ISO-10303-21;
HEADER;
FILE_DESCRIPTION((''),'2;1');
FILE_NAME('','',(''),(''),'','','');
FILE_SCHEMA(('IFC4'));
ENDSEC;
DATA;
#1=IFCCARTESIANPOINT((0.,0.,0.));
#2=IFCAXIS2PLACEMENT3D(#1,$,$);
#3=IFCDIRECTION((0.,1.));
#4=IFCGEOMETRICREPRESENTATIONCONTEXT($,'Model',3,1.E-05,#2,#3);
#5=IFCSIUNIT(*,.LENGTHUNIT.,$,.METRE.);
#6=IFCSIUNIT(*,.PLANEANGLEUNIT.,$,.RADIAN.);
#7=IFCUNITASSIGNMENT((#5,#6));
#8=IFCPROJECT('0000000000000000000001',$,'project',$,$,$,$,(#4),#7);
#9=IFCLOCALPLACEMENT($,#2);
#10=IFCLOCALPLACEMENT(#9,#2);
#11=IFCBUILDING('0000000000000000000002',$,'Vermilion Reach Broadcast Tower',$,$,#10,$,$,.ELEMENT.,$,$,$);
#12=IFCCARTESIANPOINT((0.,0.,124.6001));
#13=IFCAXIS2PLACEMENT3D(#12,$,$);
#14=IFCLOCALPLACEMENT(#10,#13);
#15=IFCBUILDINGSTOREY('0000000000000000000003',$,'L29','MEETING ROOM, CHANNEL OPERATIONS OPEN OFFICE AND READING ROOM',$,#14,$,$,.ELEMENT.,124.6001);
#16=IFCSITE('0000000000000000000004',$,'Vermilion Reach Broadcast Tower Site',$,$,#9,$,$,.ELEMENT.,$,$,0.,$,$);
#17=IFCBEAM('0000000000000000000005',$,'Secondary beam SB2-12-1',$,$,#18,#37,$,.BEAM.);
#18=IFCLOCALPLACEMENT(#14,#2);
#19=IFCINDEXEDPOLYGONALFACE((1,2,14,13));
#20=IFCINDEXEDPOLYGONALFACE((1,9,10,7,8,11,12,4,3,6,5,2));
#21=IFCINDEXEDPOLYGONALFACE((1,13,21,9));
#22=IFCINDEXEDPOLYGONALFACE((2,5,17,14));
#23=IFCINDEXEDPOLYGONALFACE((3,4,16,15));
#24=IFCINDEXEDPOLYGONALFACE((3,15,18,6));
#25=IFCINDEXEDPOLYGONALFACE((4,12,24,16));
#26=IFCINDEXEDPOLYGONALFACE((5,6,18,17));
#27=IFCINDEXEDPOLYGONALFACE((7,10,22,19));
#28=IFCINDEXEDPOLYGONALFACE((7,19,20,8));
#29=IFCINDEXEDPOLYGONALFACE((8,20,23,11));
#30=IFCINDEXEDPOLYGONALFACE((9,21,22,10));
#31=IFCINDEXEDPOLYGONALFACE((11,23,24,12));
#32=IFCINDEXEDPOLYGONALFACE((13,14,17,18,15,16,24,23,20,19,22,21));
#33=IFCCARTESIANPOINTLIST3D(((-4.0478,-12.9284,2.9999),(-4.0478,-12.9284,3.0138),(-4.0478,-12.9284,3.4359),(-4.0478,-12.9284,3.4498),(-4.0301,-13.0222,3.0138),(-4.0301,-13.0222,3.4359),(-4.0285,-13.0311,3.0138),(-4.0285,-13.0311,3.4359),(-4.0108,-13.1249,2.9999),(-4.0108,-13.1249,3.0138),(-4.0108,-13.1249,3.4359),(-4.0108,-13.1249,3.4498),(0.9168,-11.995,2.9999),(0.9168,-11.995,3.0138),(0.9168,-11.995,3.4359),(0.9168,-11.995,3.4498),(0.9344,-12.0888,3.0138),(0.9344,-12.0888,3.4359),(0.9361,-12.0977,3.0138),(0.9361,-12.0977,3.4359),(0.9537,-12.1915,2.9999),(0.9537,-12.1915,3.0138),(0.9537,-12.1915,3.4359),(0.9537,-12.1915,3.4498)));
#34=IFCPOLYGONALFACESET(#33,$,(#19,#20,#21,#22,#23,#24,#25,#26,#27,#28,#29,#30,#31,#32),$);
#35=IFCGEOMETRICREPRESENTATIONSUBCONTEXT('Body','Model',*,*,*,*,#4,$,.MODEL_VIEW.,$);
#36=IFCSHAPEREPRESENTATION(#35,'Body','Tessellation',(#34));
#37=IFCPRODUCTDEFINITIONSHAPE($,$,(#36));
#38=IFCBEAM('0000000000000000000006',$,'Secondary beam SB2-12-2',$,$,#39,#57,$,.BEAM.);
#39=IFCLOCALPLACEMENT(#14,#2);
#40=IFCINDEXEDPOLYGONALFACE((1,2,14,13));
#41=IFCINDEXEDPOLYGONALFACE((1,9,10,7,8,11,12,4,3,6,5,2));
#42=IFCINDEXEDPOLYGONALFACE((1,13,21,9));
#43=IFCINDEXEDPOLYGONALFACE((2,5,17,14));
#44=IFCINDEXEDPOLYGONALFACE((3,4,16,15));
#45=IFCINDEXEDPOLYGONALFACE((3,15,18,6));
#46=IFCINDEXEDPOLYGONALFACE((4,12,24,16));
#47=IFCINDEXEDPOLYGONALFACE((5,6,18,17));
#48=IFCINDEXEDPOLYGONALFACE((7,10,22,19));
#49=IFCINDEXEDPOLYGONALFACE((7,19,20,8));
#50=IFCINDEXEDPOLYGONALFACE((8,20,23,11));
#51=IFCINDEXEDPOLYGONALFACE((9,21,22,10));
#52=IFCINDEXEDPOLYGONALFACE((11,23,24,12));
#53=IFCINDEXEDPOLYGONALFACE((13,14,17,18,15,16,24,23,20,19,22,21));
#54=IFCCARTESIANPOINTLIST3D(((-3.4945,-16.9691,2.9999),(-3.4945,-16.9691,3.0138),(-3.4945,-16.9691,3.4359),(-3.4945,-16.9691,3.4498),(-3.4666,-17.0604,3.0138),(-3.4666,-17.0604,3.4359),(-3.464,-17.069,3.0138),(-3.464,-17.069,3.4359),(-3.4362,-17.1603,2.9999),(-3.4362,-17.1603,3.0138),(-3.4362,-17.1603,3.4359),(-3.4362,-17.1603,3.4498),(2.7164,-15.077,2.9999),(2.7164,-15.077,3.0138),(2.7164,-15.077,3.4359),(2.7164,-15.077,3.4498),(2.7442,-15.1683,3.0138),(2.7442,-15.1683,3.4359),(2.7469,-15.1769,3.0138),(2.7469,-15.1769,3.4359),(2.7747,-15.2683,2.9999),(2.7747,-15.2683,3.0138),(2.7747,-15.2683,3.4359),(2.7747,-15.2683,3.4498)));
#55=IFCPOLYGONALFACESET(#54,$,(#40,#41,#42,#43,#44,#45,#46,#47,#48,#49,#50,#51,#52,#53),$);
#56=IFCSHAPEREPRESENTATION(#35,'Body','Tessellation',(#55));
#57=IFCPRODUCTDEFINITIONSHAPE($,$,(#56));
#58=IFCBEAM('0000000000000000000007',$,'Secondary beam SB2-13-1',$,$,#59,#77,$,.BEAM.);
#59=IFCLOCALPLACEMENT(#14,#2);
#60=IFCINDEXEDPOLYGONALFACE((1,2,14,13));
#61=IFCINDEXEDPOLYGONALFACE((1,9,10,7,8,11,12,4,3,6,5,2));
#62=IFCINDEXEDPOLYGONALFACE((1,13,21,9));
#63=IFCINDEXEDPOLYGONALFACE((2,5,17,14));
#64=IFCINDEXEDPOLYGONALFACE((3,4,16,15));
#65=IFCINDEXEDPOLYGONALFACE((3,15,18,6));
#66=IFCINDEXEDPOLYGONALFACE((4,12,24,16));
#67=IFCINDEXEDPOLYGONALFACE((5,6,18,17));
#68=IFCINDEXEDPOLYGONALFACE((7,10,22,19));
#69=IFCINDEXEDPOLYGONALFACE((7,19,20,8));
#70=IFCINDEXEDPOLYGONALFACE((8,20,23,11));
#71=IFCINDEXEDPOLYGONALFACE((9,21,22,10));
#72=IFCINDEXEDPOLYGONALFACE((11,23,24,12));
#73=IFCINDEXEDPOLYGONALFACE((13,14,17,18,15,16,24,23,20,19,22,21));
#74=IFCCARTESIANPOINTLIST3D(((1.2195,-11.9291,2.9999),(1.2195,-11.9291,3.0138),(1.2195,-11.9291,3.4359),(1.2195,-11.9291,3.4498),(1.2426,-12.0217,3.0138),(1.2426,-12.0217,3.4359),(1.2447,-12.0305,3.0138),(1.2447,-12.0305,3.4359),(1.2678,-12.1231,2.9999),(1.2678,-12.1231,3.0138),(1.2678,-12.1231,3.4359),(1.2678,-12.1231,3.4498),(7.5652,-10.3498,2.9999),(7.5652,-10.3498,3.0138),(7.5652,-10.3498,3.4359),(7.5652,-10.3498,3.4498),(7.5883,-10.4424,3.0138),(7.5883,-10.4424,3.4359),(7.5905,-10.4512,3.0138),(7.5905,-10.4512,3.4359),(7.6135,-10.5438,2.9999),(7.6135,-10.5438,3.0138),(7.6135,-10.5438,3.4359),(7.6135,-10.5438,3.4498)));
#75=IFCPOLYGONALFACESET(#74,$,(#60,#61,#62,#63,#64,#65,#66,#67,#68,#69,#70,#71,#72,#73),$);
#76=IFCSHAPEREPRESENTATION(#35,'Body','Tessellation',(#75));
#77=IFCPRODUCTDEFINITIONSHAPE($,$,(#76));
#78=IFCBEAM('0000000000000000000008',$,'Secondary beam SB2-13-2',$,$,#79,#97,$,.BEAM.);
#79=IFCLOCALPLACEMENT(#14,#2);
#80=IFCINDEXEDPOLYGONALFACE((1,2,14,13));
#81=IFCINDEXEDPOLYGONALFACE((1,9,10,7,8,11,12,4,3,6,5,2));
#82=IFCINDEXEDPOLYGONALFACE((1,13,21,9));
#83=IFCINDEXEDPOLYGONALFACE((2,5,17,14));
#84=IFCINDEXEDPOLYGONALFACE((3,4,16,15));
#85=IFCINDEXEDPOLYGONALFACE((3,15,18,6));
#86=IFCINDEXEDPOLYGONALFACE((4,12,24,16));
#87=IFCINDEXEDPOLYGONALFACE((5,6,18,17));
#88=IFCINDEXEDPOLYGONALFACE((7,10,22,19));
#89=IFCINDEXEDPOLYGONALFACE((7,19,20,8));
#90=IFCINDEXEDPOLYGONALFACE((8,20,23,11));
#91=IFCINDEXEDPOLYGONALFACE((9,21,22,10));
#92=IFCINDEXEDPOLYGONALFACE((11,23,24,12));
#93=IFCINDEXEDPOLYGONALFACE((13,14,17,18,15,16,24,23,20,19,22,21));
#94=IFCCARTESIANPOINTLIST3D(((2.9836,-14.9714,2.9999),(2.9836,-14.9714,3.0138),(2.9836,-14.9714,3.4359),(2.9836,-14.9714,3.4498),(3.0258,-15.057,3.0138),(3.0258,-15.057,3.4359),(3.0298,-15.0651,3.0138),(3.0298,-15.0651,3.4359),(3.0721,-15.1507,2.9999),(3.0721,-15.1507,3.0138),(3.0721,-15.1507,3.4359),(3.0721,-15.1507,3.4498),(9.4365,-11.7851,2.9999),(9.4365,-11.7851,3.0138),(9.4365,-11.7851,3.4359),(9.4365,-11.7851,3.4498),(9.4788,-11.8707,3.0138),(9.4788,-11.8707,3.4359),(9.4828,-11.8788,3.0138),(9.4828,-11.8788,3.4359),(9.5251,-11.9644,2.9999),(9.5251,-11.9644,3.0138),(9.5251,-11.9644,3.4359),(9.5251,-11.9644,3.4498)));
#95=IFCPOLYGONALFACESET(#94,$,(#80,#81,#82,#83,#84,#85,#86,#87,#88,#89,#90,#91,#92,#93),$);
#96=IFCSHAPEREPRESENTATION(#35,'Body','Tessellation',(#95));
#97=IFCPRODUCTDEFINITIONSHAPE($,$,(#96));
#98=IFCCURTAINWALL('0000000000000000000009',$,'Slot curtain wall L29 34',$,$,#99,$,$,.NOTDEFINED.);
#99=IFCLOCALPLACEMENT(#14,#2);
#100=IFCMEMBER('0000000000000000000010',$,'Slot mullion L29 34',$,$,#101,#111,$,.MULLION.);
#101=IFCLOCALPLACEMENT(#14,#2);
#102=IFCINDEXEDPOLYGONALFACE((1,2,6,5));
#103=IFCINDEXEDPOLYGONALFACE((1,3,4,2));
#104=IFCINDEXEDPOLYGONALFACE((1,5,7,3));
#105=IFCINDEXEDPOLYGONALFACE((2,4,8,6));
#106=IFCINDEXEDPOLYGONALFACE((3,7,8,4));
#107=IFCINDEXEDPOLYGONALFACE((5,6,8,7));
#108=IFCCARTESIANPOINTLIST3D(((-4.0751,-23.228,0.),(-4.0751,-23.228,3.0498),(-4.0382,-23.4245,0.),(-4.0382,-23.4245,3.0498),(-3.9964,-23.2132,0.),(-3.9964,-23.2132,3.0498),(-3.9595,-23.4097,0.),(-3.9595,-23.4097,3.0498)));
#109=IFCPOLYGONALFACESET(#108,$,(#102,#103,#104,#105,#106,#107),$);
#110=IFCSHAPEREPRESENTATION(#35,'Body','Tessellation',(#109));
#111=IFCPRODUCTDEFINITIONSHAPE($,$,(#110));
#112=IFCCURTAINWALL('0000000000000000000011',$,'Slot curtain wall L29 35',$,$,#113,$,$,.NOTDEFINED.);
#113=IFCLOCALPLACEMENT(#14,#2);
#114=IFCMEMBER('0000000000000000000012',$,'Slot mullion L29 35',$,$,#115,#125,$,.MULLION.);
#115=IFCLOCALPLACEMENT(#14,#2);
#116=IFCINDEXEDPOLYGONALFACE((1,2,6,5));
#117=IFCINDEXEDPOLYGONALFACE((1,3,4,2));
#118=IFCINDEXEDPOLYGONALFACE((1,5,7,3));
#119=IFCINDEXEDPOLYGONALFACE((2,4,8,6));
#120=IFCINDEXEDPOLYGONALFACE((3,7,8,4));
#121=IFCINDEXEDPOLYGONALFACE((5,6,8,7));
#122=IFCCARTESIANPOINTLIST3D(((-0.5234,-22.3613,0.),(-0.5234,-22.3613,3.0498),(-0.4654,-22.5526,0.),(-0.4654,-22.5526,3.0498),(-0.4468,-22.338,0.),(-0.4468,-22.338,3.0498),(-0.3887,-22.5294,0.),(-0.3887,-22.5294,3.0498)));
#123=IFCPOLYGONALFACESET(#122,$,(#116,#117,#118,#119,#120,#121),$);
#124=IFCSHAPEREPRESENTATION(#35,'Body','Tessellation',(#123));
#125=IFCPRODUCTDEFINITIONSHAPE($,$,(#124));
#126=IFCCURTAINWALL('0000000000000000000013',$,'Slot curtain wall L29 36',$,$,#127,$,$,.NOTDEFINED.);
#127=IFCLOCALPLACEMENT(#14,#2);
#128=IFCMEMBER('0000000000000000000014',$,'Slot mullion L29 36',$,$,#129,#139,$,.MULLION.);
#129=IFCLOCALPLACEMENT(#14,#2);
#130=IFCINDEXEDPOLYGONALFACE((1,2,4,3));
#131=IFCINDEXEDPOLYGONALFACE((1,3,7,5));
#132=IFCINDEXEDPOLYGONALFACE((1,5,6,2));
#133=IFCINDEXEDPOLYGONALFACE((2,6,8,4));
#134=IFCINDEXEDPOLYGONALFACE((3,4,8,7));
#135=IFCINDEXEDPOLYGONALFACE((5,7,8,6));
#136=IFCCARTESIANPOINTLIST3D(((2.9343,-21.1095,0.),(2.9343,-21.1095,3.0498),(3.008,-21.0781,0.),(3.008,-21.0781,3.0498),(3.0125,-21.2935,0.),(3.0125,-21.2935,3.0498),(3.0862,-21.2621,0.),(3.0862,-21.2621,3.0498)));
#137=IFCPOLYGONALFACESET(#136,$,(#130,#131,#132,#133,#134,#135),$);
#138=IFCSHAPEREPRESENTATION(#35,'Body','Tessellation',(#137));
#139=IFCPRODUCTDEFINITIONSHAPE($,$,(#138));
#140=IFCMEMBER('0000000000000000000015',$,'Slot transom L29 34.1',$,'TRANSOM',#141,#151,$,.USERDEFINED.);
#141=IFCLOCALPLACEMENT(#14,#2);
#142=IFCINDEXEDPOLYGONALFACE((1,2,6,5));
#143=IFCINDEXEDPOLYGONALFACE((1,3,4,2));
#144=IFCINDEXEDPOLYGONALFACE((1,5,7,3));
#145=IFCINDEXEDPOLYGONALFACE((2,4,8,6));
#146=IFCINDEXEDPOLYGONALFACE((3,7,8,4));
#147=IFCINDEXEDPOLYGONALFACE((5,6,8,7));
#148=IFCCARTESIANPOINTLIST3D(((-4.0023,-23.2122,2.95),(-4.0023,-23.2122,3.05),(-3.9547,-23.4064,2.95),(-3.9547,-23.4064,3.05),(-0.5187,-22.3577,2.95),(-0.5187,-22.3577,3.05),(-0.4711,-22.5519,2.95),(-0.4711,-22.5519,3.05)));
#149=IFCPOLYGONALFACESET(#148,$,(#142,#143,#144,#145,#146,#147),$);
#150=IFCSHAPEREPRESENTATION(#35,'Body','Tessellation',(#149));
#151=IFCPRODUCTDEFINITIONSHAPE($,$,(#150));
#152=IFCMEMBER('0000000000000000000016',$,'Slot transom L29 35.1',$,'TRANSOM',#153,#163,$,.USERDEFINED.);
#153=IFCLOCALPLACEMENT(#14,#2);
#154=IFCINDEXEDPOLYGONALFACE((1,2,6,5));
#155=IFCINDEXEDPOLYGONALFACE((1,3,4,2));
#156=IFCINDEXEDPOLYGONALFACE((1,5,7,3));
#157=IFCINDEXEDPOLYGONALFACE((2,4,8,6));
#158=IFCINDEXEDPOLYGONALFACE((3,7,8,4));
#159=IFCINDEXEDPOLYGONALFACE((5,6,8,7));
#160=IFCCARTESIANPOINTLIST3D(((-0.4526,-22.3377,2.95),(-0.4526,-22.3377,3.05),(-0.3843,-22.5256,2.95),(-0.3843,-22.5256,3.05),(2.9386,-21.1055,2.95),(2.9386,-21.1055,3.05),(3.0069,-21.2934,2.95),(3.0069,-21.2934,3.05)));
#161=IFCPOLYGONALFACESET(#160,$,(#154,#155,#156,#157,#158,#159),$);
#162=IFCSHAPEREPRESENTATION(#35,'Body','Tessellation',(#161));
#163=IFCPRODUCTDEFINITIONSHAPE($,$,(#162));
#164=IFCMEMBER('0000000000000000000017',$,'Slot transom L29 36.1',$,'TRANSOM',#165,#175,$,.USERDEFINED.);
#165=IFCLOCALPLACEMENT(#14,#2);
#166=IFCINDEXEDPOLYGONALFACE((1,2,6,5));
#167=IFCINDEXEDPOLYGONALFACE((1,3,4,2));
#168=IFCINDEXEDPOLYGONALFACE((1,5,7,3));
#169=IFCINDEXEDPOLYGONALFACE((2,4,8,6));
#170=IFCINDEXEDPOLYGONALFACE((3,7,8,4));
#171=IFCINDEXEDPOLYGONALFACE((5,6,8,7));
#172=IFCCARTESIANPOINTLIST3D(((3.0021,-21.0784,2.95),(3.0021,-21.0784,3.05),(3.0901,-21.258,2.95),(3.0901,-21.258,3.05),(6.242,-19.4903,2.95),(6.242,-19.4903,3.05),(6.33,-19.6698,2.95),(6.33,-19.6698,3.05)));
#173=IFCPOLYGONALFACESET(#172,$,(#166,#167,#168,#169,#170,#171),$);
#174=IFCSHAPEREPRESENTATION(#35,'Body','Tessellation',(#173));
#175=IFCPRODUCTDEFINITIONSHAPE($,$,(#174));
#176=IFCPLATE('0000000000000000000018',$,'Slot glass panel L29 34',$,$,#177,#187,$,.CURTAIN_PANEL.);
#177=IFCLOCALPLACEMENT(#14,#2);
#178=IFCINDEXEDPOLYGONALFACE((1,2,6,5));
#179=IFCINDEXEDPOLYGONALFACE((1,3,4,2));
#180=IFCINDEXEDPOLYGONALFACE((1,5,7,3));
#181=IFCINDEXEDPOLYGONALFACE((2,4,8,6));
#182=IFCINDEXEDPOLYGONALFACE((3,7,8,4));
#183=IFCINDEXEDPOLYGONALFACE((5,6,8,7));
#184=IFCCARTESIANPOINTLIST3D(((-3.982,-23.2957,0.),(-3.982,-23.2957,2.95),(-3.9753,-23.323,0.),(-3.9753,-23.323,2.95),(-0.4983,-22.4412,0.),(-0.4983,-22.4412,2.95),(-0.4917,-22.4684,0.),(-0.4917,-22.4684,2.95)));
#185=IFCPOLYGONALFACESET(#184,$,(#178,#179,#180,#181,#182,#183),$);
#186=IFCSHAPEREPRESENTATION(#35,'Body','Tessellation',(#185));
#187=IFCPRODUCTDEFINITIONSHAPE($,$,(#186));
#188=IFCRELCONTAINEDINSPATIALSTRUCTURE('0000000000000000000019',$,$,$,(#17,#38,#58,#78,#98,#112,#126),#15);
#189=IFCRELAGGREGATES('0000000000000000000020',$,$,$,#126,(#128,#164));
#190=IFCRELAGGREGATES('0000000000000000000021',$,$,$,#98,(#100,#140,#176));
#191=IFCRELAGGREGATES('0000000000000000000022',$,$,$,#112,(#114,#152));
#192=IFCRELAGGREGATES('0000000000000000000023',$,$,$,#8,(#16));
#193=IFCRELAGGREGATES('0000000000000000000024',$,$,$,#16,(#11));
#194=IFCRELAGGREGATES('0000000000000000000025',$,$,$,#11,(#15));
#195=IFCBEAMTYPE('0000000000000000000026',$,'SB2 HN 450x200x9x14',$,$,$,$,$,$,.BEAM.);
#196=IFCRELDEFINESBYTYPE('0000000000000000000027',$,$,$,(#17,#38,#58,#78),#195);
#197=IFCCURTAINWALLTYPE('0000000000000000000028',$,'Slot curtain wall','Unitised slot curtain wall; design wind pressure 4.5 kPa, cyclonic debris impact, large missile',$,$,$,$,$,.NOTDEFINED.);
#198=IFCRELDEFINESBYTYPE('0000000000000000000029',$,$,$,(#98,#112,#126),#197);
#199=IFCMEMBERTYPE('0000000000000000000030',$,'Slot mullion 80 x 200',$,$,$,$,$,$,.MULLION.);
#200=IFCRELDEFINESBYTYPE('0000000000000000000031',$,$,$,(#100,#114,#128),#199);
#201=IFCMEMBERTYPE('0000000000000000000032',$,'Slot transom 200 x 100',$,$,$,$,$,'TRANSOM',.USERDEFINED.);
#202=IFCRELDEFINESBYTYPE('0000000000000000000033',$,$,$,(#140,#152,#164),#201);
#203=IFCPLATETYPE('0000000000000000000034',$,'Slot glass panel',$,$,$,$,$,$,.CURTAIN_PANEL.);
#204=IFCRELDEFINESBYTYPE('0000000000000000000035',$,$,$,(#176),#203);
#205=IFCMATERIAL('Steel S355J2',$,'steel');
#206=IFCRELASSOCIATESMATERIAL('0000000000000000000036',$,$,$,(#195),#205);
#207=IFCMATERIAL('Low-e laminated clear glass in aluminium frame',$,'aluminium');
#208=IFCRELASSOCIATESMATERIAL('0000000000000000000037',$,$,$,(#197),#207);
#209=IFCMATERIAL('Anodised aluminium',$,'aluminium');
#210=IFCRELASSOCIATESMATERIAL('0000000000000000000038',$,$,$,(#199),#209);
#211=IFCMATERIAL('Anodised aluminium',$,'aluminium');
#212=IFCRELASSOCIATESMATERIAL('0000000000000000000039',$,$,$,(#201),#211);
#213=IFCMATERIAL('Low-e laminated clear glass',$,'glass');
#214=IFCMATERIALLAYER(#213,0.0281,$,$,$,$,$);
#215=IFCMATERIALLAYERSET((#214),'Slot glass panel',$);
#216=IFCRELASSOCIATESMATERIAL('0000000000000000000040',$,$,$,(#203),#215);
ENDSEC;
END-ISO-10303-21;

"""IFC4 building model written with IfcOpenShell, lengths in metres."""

from ifc_helpers import new_model, si_unit, direction, frame, origin, origin_2d, place, context, subcontext, project, spatial, rectangle, i_section, extrude, material, layer, layer_set, material_profile, profile_set, type_object, element, aggregate, save


model = new_model("IFC4")

# Units and contexts
model_context = context("Model", 3, precision=1e-05, world=origin(), true_north=direction((0.0, 1.0)))
body_context = subcontext(model_context, "Body", "Model", "MODEL_VIEW")
ifc_project = project(units=[si_unit("LENGTHUNIT", "METRE"), si_unit("PLANEANGLEUNIT", "RADIAN")], contexts=[model_context])

# Site, building, storey
site_placement = place(None, origin())
site = spatial("IfcSite", under=ifc_project, at=site_placement, Name="Vermilion Reach Broadcast Tower Site", CompositionType="ELEMENT", RefElevation=0.0)
building_placement = place(site_placement, origin())
building = spatial("IfcBuilding", under=site, at=building_placement, Name="Vermilion Reach Broadcast Tower", CompositionType="ELEMENT")
storey_placement = place(building_placement, frame((0.0, 0.0, 124.6001)))
storey = spatial("IfcBuildingStorey", under=building, at=storey_placement, Name="L29", Description="MEETING ROOM, CHANNEL OPERATIONS OPEN OFFICE AND READING ROOM", CompositionType="ELEMENT", Elevation=124.6001)

# Beams
ifc_material_1 = material(Name="Steel S355J2", Category="steel")
ifc_material_profile_1 = material_profile(ifc_material_1, i_section(OverallWidth=0.2, OverallDepth=0.45, WebThickness=0.009, FlangeThickness=0.0139, at=origin_2d()), Name="S355J2 HN 450x200x9x14")
ifc_profile_set_1 = profile_set([ifc_material_profile_1], Name="Steel S355J2")
beam_type_1 = type_object("IfcBeamType", Name="SB2 HN 450x200x9x14", PredefinedType="BEAM", material=ifc_profile_set_1)
beam_1_placement = place(storey_placement, frame((-4.0293, -13.0266, 3.2249), z_axis=(0.982783, 0.184764, 0.0), x_axis=(-0.184764, 0.982783, 0.0)))
element("IfcBeam", 1, at=beam_1_placement, inside=storey, type_object=beam_type_1, Name="Secondary beam SB2-12-1", PredefinedType="BEAM", context=body_context, shape_type="SweptSolid", body=[
    extrude(i_section(OverallWidth=0.2, OverallDepth=0.45, WebThickness=0.009, FlangeThickness=0.0139, at=origin_2d()), origin(), (0.0, 0.0, 1.0), 5.0515),
])
beam_2_placement = place(storey_placement, frame((-3.4653, -17.0647, 3.2249), z_axis=(0.956596, 0.291416, 0.0), x_axis=(-0.291416, 0.956596, 0.0)))
element("IfcBeam", 2, at=beam_2_placement, inside=storey, type_object=beam_type_1, Name="Secondary beam SB2-12-2", PredefinedType="BEAM", context=body_context, shape_type="SweptSolid", body=[
    extrude(i_section(OverallWidth=0.2, OverallDepth=0.45, WebThickness=0.009, FlangeThickness=0.0139, at=origin_2d()), origin(), (0.0, 0.0, 1.0), 6.4927),
])
beam_3_placement = place(storey_placement, frame((1.2437, -12.0261, 3.2249), z_axis=(0.970397, 0.241516, 0.0), x_axis=(-0.241516, 0.970397, 0.0)))
element("IfcBeam", 3, at=beam_3_placement, inside=storey, type_object=beam_type_1, Name="Secondary beam SB2-13-1", PredefinedType="BEAM", context=body_context, shape_type="SweptSolid", body=[
    extrude(i_section(OverallWidth=0.2, OverallDepth=0.45, WebThickness=0.009, FlangeThickness=0.0139, at=origin_2d()), origin(), (0.0, 0.0, 1.0), 6.5393),
])
beam_4_placement = place(storey_placement, frame((3.0278, -15.061, 3.2249), z_axis=(0.896648, 0.442744, 0.0), x_axis=(-0.442744, 0.896648, 0.0)))
element("IfcBeam", 4, at=beam_4_placement, inside=storey, type_object=beam_type_1, Name="Secondary beam SB2-13-2", PredefinedType="BEAM", context=body_context, shape_type="SweptSolid", body=[
    extrude(i_section(OverallWidth=0.2, OverallDepth=0.45, WebThickness=0.009, FlangeThickness=0.0139, at=origin_2d()), origin(), (0.0, 0.0, 1.0), 7.1968),
])

# Curtain walls, members
ifc_material_2 = material(Name="Low-e laminated clear glass in aluminium frame", Category="aluminium")
curtain_wall_type = type_object("IfcCurtainWallType", Name="Slot curtain wall", Description="Unitised slot curtain wall; design wind pressure 4.5 kPa, cyclonic debris impact, large missile", PredefinedType="NOTDEFINED", material=ifc_material_2)
placement = place(storey_placement, origin())
curtain_wall_1 = element("IfcCurtainWall", 5, at=placement, inside=storey, type_object=curtain_wall_type, Name="Slot curtain wall L29 34", PredefinedType="NOTDEFINED")
ifc_material_3 = material(Name="Anodised aluminium", Category="aluminium")
ifc_material_profile_2 = material_profile(ifc_material_3, rectangle(XDim=0.2, YDim=0.0801, at=origin_2d()), Name="Slot mullion 80 x 200")
ifc_profile_set_2 = profile_set([ifc_material_profile_2], Name="Anodised aluminium")
member_type_1 = type_object("IfcMemberType", Name="Slot mullion 80 x 200", PredefinedType="MULLION", material=ifc_profile_set_2)
member_1_placement = place(storey_placement, frame((-4.0173, -23.3188, 0.0), z_axis=(0.0, 0.0, 1.0), x_axis=(-0.18462, 0.98281, 0.0)))
member_1 = element("IfcMember", 6, at=member_1_placement, type_object=member_type_1, Name="Slot mullion L29 34", PredefinedType="MULLION", context=body_context, shape_type="SweptSolid", body=[
    extrude(rectangle(XDim=0.2, YDim=0.0801, at=origin_2d()), origin(), (0.0, 0.0, 1.0), 3.0498),
])
curtain_wall_2 = element("IfcCurtainWall", 7, at=placement, inside=storey, type_object=curtain_wall_type, Name="Slot curtain wall L29 35", PredefinedType="NOTDEFINED")
member_2_placement = place(storey_placement, frame((-0.4561, -22.4453, 0.0), z_axis=(0.0, 0.0, 1.0), x_axis=(-0.290269, 0.956945, 0.0)))
member_2 = element("IfcMember", 8, at=member_2_placement, type_object=member_type_1, Name="Slot mullion L29 35", PredefinedType="MULLION", context=body_context, shape_type="SweptSolid", body=[
    extrude(rectangle(XDim=0.2, YDim=0.0801, at=origin_2d()), origin(), (0.0, 0.0, 1.0), 3.0498),
])
curtain_wall_3 = element("IfcCurtainWall", 9, at=placement, inside=storey, type_object=curtain_wall_type, Name="Slot curtain wall L29 36", PredefinedType="NOTDEFINED")
member_3_placement = place(storey_placement, frame((3.0103, -21.1858, 0.0), z_axis=(0.0, 0.0, 1.0), x_axis=(-0.391374, 0.920232, 0.0)))
member_3 = element("IfcMember", 10, at=member_3_placement, type_object=member_type_1, Name="Slot mullion L29 36", PredefinedType="MULLION", context=body_context, shape_type="SweptSolid", body=[
    extrude(rectangle(XDim=0.2, YDim=0.0801, at=origin_2d()), origin(), (0.0, 0.0, 1.0), 3.0498),
])

# Members
ifc_material_4 = material(Name="Anodised aluminium", Category="aluminium")
ifc_material_profile_3 = material_profile(ifc_material_4, rectangle(XDim=0.2, YDim=0.1001, at=origin_2d()), Name="Slot transom 200 x 100")
ifc_profile_set_3 = profile_set([ifc_material_profile_3], Name="Anodised aluminium")
member_type_2 = type_object("IfcMemberType", Name="Slot transom 200 x 100", ElementType="TRANSOM", PredefinedType="USERDEFINED", material=ifc_profile_set_3)
member_4_placement = place(storey_placement, frame((-3.9785, -23.3093, 3.0), z_axis=(0.97121, 0.238225, 0.0), x_axis=(-0.238225, 0.97121, 0.0)))
member_4 = element("IfcMember", 11, at=member_4_placement, type_object=member_type_2, Name="Slot transom L29 34.1", ObjectType="TRANSOM", PredefinedType="USERDEFINED", context=body_context, shape_type="SweptSolid", body=[
    extrude(rectangle(XDim=0.2, YDim=0.1001, at=origin_2d()), origin(), (0.0, 0.0, 1.0), 3.5869),
])
member_5_placement = place(storey_placement, frame((-0.4185, -22.4316, 3.0), z_axis=(0.939878, 0.341509, 0.0), x_axis=(-0.341509, 0.939878, 0.0)))
member_5 = element("IfcMember", 12, at=member_5_placement, type_object=member_type_2, Name="Slot transom L29 35.1", ObjectType="TRANSOM", PredefinedType="USERDEFINED", context=body_context, shape_type="SweptSolid", body=[
    extrude(rectangle(XDim=0.2, YDim=0.1001, at=origin_2d()), origin(), (0.0, 0.0, 1.0), 3.6082),
])
member_6_placement = place(storey_placement, frame((3.0461, -21.1682, 3.0), z_axis=(0.897918, 0.440163, 0.0), x_axis=(-0.440163, 0.897918, 0.0)))
member_6 = element("IfcMember", 13, at=member_6_placement, type_object=member_type_2, Name="Slot transom L29 36.1", ObjectType="TRANSOM", PredefinedType="USERDEFINED", context=body_context, shape_type="SweptSolid", body=[
    extrude(rectangle(XDim=0.2, YDim=0.1001, at=origin_2d()), origin(), (0.0, 0.0, 1.0), 3.6082),
])
aggregate(curtain_wall_3, [member_3, member_6])

# Plate
ifc_material_5 = material(Name="Low-e laminated clear glass", Category="glass")
ifc_layer_1 = layer(ifc_material_5, 0.0281)
ifc_layer_set_1 = layer_set([ifc_layer_1], Name="Slot glass panel")
plate_type = type_object("IfcPlateType", Name="Slot glass panel", PredefinedType="CURTAIN_PANEL", material=ifc_layer_set_1)
plate_1_placement = place(storey_placement, frame((-2.2368, -22.8821, 0.0), z_axis=(0.0, 0.0, 1.0), x_axis=(0.971207, 0.238236, 0.0)))
plate_1 = element("IfcPlate", 14, at=plate_1_placement, type_object=plate_type, Name="Slot glass panel L29 34", PredefinedType="CURTAIN_PANEL", context=body_context, shape_type="SweptSolid", body=[
    extrude(rectangle(XDim=3.5869, YDim=0.0281, at=origin_2d()), origin(), (0.0, 0.0, 1.0), 2.95),
])
aggregate(curtain_wall_1, [member_1, member_4, plate_1])
aggregate(curtain_wall_2, [member_2, member_5])

save(model, "model.ifc")
